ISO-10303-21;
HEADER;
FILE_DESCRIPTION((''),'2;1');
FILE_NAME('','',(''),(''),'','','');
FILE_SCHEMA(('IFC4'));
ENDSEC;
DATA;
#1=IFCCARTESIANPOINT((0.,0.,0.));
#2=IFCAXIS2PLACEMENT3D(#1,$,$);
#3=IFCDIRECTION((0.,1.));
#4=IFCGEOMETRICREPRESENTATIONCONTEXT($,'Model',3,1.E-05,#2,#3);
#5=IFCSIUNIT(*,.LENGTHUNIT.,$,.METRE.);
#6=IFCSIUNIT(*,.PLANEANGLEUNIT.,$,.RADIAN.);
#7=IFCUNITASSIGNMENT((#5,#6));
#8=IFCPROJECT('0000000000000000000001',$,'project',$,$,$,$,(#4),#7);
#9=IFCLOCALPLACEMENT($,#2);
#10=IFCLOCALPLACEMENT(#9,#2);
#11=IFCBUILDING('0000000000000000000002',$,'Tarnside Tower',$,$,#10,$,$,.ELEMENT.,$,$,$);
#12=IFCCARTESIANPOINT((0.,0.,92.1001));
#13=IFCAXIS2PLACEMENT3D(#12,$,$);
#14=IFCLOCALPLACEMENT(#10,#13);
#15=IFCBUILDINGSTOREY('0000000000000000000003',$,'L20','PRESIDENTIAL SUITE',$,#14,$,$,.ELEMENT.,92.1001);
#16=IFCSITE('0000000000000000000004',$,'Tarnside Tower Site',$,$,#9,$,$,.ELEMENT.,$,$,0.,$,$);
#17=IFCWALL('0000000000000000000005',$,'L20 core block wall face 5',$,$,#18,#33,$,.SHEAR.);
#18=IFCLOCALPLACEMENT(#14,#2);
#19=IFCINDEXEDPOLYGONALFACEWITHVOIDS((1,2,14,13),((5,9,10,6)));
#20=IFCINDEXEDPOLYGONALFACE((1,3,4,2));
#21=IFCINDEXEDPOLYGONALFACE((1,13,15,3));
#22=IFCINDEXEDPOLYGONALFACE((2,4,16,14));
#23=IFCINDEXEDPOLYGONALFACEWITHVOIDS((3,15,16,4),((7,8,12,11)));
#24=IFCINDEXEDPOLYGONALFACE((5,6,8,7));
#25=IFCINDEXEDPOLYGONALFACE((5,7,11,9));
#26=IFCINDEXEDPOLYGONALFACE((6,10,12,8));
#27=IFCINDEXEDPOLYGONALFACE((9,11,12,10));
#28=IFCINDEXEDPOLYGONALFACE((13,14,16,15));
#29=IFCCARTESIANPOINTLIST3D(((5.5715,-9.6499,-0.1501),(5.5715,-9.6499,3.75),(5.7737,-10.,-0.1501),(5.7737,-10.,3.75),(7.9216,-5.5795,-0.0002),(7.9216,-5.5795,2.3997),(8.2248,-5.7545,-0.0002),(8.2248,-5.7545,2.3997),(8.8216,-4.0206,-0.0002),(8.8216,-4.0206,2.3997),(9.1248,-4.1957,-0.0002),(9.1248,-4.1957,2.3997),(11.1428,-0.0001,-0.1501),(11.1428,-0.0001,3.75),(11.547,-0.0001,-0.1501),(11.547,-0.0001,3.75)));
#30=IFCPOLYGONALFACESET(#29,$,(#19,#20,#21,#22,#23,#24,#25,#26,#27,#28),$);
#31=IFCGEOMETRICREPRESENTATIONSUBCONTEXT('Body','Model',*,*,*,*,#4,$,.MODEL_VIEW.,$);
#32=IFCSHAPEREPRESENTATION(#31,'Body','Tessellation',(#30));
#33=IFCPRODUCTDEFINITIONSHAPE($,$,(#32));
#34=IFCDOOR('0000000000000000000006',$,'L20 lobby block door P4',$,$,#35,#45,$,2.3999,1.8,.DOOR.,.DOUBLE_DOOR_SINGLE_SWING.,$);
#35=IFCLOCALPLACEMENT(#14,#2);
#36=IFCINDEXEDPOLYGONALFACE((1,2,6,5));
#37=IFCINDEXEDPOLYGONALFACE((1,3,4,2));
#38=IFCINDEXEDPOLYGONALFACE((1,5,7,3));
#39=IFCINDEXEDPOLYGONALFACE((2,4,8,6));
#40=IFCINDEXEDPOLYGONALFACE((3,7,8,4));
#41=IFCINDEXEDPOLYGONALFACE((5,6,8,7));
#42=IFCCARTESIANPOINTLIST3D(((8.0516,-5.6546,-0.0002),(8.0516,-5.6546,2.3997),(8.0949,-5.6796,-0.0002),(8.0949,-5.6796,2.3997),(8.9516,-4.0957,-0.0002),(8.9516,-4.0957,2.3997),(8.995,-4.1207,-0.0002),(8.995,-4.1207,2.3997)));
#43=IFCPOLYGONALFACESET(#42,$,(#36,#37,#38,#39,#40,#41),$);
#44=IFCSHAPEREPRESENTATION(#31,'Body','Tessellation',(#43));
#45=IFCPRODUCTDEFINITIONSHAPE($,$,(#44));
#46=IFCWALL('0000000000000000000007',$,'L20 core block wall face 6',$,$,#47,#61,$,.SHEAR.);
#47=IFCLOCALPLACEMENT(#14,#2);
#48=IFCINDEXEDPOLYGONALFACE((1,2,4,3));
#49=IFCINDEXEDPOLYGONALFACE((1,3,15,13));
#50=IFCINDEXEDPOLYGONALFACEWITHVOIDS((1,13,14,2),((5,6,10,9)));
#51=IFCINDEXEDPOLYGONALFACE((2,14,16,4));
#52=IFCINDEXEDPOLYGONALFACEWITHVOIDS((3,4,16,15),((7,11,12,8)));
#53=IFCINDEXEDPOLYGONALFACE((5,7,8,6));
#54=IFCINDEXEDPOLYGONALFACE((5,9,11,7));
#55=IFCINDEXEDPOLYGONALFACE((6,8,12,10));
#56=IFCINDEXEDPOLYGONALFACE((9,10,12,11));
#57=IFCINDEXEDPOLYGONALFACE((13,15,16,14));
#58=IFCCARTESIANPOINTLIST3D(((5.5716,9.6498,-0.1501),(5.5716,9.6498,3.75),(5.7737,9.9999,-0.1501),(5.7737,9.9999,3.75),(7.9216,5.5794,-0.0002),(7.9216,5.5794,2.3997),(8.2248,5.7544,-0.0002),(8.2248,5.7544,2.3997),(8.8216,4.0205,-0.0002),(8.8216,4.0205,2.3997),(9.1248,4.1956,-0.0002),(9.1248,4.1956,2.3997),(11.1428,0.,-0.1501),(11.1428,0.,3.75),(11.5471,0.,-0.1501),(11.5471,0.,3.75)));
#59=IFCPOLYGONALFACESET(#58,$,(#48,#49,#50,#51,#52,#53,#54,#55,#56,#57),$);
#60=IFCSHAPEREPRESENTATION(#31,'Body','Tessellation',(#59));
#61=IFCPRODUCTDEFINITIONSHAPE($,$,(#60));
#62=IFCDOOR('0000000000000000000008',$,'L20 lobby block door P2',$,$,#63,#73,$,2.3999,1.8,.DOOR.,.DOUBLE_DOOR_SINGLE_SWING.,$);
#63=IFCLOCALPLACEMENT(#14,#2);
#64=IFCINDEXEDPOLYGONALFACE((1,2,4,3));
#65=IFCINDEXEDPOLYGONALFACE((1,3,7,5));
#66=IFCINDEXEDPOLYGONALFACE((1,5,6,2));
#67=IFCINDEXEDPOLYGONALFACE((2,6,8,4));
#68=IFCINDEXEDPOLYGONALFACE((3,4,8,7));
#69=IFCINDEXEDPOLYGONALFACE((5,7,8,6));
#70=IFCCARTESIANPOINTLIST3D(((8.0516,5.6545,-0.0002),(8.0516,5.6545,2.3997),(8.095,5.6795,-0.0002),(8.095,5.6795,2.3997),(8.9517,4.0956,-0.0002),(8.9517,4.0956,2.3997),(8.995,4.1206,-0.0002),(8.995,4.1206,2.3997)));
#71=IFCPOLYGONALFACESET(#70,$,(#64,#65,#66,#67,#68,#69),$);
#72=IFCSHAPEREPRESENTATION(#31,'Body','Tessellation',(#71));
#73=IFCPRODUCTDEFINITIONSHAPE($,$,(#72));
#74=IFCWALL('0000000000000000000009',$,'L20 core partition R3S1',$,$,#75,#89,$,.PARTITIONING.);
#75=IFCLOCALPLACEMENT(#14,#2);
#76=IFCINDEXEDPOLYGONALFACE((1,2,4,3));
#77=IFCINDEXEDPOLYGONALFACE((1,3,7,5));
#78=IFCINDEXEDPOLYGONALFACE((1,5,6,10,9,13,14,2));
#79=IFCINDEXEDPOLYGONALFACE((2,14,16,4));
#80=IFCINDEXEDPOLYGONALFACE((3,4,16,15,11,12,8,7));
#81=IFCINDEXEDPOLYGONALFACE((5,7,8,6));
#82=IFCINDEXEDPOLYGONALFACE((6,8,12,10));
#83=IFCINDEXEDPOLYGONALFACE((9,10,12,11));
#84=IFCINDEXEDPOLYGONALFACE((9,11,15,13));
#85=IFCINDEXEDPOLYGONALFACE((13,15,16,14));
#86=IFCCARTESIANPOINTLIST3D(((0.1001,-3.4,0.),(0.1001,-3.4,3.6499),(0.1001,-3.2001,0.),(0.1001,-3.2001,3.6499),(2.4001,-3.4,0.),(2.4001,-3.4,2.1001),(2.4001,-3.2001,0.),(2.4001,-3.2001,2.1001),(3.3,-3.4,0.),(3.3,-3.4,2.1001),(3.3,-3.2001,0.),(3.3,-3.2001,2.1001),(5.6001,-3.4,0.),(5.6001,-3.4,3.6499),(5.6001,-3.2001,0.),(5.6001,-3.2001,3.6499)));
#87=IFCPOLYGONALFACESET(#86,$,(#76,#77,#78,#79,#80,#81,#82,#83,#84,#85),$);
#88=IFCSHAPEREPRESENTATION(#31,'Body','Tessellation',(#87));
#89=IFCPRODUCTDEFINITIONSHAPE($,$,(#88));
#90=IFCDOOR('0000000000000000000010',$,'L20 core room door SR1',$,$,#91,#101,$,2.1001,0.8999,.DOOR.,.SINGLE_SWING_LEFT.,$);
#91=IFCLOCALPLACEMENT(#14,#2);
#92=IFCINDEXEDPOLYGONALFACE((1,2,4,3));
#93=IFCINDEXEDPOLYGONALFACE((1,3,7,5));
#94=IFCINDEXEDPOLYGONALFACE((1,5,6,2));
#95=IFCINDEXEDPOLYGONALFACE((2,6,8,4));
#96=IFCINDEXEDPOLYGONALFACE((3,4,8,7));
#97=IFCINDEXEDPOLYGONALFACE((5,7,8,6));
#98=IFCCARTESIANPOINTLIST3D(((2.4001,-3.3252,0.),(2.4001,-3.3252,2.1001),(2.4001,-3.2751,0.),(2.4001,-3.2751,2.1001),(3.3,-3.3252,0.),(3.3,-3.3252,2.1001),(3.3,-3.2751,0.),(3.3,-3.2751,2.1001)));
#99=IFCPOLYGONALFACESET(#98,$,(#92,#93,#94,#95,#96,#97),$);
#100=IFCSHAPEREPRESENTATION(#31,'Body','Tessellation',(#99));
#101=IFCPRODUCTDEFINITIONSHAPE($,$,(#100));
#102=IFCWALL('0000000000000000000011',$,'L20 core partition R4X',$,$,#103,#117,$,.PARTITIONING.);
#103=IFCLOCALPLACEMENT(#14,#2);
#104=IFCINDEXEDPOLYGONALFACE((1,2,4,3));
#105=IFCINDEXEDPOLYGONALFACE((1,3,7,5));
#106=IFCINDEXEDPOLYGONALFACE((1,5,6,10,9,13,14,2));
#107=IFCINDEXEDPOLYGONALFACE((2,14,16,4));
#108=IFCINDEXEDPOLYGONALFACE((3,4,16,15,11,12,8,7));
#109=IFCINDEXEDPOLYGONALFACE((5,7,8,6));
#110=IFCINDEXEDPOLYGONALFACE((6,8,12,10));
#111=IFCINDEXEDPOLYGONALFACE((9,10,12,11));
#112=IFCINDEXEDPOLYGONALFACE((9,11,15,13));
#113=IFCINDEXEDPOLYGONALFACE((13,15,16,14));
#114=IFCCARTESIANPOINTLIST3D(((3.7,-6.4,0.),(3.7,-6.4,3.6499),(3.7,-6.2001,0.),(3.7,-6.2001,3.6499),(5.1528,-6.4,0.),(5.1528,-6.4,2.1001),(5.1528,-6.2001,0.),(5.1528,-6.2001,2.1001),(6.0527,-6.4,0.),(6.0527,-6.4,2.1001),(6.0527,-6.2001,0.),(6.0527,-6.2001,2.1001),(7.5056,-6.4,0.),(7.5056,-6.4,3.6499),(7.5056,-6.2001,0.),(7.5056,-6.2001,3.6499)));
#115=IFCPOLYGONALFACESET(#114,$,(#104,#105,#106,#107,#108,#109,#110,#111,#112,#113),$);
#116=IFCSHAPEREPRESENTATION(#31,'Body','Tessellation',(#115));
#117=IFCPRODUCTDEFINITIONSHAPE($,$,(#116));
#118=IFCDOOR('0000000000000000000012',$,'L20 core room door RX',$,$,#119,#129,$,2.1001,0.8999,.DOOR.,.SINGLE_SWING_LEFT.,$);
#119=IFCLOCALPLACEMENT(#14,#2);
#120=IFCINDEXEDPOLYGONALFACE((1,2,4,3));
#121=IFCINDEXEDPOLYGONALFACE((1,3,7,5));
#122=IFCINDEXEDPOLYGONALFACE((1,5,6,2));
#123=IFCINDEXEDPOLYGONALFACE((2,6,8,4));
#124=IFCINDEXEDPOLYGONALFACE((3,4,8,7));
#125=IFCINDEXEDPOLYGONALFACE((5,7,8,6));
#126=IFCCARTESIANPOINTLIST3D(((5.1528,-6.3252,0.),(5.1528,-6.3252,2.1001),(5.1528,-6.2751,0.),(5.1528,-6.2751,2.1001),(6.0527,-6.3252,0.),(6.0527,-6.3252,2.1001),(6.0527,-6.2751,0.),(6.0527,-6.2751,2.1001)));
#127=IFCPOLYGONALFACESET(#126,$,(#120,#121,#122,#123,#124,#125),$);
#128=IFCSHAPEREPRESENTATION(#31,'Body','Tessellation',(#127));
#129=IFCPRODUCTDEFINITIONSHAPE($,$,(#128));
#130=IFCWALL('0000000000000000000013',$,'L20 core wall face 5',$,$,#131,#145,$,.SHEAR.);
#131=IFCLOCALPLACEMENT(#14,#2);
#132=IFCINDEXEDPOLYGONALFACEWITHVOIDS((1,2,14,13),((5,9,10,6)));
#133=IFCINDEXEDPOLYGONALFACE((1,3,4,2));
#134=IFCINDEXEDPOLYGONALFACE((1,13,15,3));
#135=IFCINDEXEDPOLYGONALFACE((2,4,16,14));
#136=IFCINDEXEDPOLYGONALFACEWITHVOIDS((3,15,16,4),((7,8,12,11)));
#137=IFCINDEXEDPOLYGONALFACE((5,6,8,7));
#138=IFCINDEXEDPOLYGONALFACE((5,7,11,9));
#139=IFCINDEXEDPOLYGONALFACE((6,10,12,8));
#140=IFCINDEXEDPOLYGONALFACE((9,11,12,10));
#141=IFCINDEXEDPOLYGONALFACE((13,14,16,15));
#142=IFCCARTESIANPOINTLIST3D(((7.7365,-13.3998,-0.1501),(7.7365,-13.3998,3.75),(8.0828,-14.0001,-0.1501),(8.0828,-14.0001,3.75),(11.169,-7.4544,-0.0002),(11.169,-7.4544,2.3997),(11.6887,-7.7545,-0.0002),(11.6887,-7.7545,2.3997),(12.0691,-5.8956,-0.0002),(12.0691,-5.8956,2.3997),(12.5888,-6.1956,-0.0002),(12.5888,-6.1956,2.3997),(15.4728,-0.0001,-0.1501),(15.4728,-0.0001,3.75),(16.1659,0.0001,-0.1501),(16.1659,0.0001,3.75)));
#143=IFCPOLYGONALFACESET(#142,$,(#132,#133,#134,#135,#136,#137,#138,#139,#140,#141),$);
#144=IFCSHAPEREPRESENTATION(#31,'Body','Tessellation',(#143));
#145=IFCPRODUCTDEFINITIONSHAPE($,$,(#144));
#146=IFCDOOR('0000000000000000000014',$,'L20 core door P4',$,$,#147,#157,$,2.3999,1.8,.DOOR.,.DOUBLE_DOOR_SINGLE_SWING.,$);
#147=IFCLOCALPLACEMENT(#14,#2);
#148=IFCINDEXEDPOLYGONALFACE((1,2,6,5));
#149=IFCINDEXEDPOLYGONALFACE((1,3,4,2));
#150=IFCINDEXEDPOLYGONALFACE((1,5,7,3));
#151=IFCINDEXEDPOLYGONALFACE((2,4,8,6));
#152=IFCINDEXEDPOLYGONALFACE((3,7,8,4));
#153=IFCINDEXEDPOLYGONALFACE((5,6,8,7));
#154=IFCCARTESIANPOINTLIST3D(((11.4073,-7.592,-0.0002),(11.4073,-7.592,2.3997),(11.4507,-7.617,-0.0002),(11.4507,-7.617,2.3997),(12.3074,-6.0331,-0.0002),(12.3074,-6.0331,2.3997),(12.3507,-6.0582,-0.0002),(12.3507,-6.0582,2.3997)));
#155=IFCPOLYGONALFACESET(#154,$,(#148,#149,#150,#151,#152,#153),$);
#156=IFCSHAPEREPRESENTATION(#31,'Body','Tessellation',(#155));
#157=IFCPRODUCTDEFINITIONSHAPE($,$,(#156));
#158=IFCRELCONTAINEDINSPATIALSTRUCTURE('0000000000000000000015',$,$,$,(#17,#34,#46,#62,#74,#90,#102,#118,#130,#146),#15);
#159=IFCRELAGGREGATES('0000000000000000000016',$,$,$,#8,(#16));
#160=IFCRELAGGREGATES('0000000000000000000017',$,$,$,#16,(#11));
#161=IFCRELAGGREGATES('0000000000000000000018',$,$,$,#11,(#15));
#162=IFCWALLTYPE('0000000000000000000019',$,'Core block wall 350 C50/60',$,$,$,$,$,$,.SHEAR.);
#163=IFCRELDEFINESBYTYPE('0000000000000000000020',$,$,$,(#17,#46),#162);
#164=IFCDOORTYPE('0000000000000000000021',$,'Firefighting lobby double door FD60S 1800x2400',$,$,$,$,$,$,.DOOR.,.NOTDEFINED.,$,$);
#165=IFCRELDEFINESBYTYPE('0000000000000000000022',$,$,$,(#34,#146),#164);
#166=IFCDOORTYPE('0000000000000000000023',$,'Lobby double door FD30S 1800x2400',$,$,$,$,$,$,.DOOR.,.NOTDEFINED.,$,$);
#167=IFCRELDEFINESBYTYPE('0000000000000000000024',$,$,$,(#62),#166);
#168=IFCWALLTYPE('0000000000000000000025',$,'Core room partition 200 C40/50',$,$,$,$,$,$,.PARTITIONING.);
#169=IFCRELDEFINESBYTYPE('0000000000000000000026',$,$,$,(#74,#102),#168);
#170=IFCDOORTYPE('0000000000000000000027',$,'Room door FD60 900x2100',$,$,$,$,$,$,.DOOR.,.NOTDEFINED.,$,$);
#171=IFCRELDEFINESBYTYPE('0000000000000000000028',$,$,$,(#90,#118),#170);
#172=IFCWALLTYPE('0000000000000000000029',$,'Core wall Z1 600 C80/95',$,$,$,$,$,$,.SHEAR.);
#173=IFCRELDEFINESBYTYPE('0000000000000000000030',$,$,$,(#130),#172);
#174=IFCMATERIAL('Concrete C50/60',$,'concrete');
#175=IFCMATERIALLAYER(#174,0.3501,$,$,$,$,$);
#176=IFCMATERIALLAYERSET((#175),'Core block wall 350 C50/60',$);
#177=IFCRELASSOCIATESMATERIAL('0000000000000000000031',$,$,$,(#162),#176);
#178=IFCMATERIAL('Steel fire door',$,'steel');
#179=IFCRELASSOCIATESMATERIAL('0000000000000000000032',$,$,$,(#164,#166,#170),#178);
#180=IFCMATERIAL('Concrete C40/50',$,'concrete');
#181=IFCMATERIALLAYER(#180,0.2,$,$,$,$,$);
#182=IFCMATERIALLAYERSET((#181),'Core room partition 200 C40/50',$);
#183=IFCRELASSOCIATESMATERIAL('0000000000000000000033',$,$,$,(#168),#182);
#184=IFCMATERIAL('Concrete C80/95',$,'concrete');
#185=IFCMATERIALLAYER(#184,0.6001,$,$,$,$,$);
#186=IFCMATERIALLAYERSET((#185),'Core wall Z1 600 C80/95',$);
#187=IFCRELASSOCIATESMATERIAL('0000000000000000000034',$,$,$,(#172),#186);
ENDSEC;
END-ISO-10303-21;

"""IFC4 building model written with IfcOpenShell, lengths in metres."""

from ifc_helpers import new_model, si_unit, direction, frame, frame_2d, origin, place, context, subcontext, project, spatial, polyline, rectangle, outline, extrude, material, layer, layer_set, type_object, element, fill, save


model = new_model("IFC4")

# Units and contexts
model_context = context("Model", 3, precision=1e-05, world=origin(), true_north=direction((0.0, 1.0)))
body_context = subcontext(model_context, "Body", "Model", "MODEL_VIEW")
ifc_project = project(units=[si_unit("LENGTHUNIT", "METRE"), si_unit("PLANEANGLEUNIT", "RADIAN")], contexts=[model_context])

# Site, building, storey
site_placement = place(None, origin())
site = spatial("IfcSite", under=ifc_project, at=site_placement, Name="Tarnside Tower Site", CompositionType="ELEMENT", RefElevation=0.0)
building_placement = place(site_placement, origin())
building = spatial("IfcBuilding", under=site, at=building_placement, Name="Tarnside Tower", CompositionType="ELEMENT")
storey_placement = place(building_placement, frame((0.0, 0.0, 92.1001)))
storey = spatial("IfcBuildingStorey", under=building, at=storey_placement, Name="L20", Description="PRESIDENTIAL SUITE", CompositionType="ELEMENT", Elevation=92.1001)

# Shared definitions
ifc_material_1 = material(Name="Concrete C40/50", Category="concrete")

# Walls, openings, doors
ifc_material_2 = material(Name="Concrete C50/60", Category="concrete")
ifc_layer_1 = layer(ifc_material_2, 0.3501)
ifc_layer_set_1 = layer_set([ifc_layer_1], Name="Core block wall 350 C50/60")
wall_type_1 = type_object("IfcWallType", Name="Core block wall 350 C50/60", PredefinedType="SHEAR", material=ifc_layer_set_1)
wall_1_placement = place(storey_placement, frame((5.6726, -9.825, -0.1501), z_axis=(0.0, 0.0, 1.0), x_axis=(0.499995, 0.866028, 0.0)))
wall_1 = element("IfcWall", 1, at=wall_1_placement, inside=storey, type_object=wall_type_1, Name="L20 core block wall face 5", PredefinedType="SHEAR", context=body_context, shape_type="SweptSolid", body=[
    extrude(outline(polyline([(-0.1011, -0.175), (11.4458, -0.175), (11.2437, 0.175), (0.1011, 0.175), (-0.1011, -0.175)])), origin(), (0.0, 0.0, 1.0), 3.9001),
])
opening_1_placement = place(wall_1_placement, frame((4.8013, 0.0, 0.1499)))
opening_1 = element("IfcOpeningElement", 2, at=opening_1_placement, cuts=wall_1, PredefinedType="OPENING", context=body_context, shape_type="SweptSolid", body=[
    extrude(rectangle(XDim=1.8, YDim=2.3999, at=frame_2d((0.8999, 1.2))), frame((0.0, 0.1851, 0.0), z_axis=(0.0, -1.0, 0.0), x_axis=(1.0, 0.0, 0.0)), (0.0, 0.0, 1.0), 0.3701),
])
ifc_material_3 = material(Name="Steel fire door", Category="steel")
door_type_1 = type_object("IfcDoorType", Name="Firefighting lobby double door FD60S 1800x2400", OperationType="NOTDEFINED", PredefinedType="DOOR", material=ifc_material_3)
door_1_placement = place(opening_1_placement, origin())
door_1 = element("IfcDoor", 3, at=door_1_placement, inside=storey, type_object=door_type_1, Name="L20 lobby block door P4", OperationType="DOUBLE_DOOR_SINGLE_SWING", OverallHeight=2.3999, OverallWidth=1.8, PredefinedType="DOOR", context=body_context, shape_type="SweptSolid", body=[
    extrude(rectangle(XDim=1.8, YDim=2.3999, at=frame_2d((0.8999, 1.2))), frame((0.0, 0.0249, 0.0), z_axis=(0.0, -1.0, 0.0), x_axis=(1.0, 0.0, 0.0)), (0.0, 0.0, 1.0), 0.05),
])
fill(opening_1, door_1)
wall_2_placement = place(storey_placement, frame((11.345, 0.0, -0.1501), z_axis=(0.0, 0.0, 1.0), x_axis=(-0.499995, 0.866028, 0.0)))
wall_2 = element("IfcWall", 4, at=wall_2_placement, inside=storey, type_object=wall_type_1, Name="L20 core block wall face 6", PredefinedType="SHEAR", context=body_context, shape_type="SweptSolid", body=[
    extrude(outline(polyline([(-0.1011, -0.175), (11.4458, -0.175), (11.2437, 0.175), (0.1011, 0.175), (-0.1011, -0.175)])), origin(), (0.0, 0.0, 1.0), 3.9001),
])
opening_2_placement = place(wall_2_placement, frame((4.7437, 0.0, 0.1499)))
opening_2 = element("IfcOpeningElement", 5, at=opening_2_placement, cuts=wall_2, PredefinedType="OPENING", context=body_context, shape_type="SweptSolid", body=[
    extrude(rectangle(XDim=1.8, YDim=2.3999, at=frame_2d((0.8999, 1.2))), frame((0.0, 0.1851, 0.0), z_axis=(0.0, -1.0, 0.0), x_axis=(1.0, 0.0, 0.0)), (0.0, 0.0, 1.0), 0.3701),
])
door_type_2 = type_object("IfcDoorType", Name="Lobby double door FD30S 1800x2400", OperationType="NOTDEFINED", PredefinedType="DOOR", material=ifc_material_3)
door_2_placement = place(opening_2_placement, origin())
door_2 = element("IfcDoor", 6, at=door_2_placement, inside=storey, type_object=door_type_2, Name="L20 lobby block door P2", OperationType="DOUBLE_DOOR_SINGLE_SWING", OverallHeight=2.3999, OverallWidth=1.8, PredefinedType="DOOR", context=body_context, shape_type="SweptSolid", body=[
    extrude(rectangle(XDim=1.8, YDim=2.3999, at=frame_2d((0.8999, 1.2))), frame((0.0, 0.0249, 0.0), z_axis=(0.0, -1.0, 0.0), x_axis=(1.0, 0.0, 0.0)), (0.0, 0.0, 1.0), 0.05),
])
fill(opening_2, door_2)
ifc_layer_2 = layer(ifc_material_1, 0.2)
ifc_layer_set_2 = layer_set([ifc_layer_2], Name="Core room partition 200 C40/50")
wall_type_2 = type_object("IfcWallType", Name="Core room partition 200 C40/50", PredefinedType="PARTITIONING", material=ifc_layer_set_2)
wall_3_placement = place(storey_placement, frame((0.1001, -3.3, 0.0), z_axis=(0.0, 0.0, 1.0), x_axis=(1.0, 0.0, 0.0)))
wall_3 = element("IfcWall", 7, at=wall_3_placement, inside=storey, type_object=wall_type_2, Name="L20 core partition R3S1", PredefinedType="PARTITIONING", context=body_context, shape_type="SweptSolid", body=[
    extrude(rectangle(XDim=5.5, YDim=0.2, at=frame_2d((2.75, 0.0))), origin(), (0.0, 0.0, 1.0), 3.6499),
])
opening_3_placement = place(wall_3_placement, frame((2.3, 0.0, 0.0)))
opening_3 = element("IfcOpeningElement", 8, at=opening_3_placement, cuts=wall_3, PredefinedType="OPENING", context=body_context, shape_type="SweptSolid", body=[
    extrude(rectangle(XDim=0.8999, YDim=2.1001, at=frame_2d((0.45, 1.05))), frame((0.0, 0.1099, 0.0), z_axis=(0.0, -1.0, 0.0), x_axis=(1.0, 0.0, 0.0)), (0.0, 0.0, 1.0), 0.22),
])
door_type_3 = type_object("IfcDoorType", Name="Room door FD60 900x2100", OperationType="NOTDEFINED", PredefinedType="DOOR", material=ifc_material_3)
door_3_placement = place(opening_3_placement, origin())
door_3 = element("IfcDoor", 9, at=door_3_placement, inside=storey, type_object=door_type_3, Name="L20 core room door SR1", OperationType="SINGLE_SWING_LEFT", OverallHeight=2.1001, OverallWidth=0.8999, PredefinedType="DOOR", context=body_context, shape_type="SweptSolid", body=[
    extrude(rectangle(XDim=0.8999, YDim=2.1001, at=frame_2d((0.45, 1.05))), frame((0.0, 0.0249, 0.0), z_axis=(0.0, -1.0, 0.0), x_axis=(1.0, 0.0, 0.0)), (0.0, 0.0, 1.0), 0.05),
])
fill(opening_3, door_3)
wall_4_placement = place(storey_placement, frame((3.7, -6.3, 0.0), z_axis=(0.0, 0.0, 1.0), x_axis=(1.0, 0.0, 0.0)))
wall_4 = element("IfcWall", 10, at=wall_4_placement, inside=storey, type_object=wall_type_2, Name="L20 core partition R4X", PredefinedType="PARTITIONING", context=body_context, shape_type="SweptSolid", body=[
    extrude(rectangle(XDim=3.8057, YDim=0.2, at=frame_2d((1.9028, 0.0))), origin(), (0.0, 0.0, 1.0), 3.6499),
])
opening_4_placement = place(wall_4_placement, frame((1.4529, 0.0, 0.0)))
opening_4 = element("IfcOpeningElement", 11, at=opening_4_placement, cuts=wall_4, PredefinedType="OPENING", context=body_context, shape_type="SweptSolid", body=[
    extrude(rectangle(XDim=0.8999, YDim=2.1001, at=frame_2d((0.45, 1.05))), frame((0.0, 0.1099, 0.0), z_axis=(0.0, -1.0, 0.0), x_axis=(1.0, 0.0, 0.0)), (0.0, 0.0, 1.0), 0.22),
])
door_4_placement = place(opening_4_placement, origin())
door_4 = element("IfcDoor", 12, at=door_4_placement, inside=storey, type_object=door_type_3, Name="L20 core room door RX", OperationType="SINGLE_SWING_LEFT", OverallHeight=2.1001, OverallWidth=0.8999, PredefinedType="DOOR", context=body_context, shape_type="SweptSolid", body=[
    extrude(rectangle(XDim=0.8999, YDim=2.1001, at=frame_2d((0.45, 1.05))), frame((0.0, 0.0249, 0.0), z_axis=(0.0, -1.0, 0.0), x_axis=(1.0, 0.0, 0.0)), (0.0, 0.0, 1.0), 0.05),
])
fill(opening_4, door_4)
ifc_material_4 = material(Name="Concrete C80/95", Category="concrete")
ifc_layer_3 = layer(ifc_material_4, 0.6001)
ifc_layer_set_3 = layer_set([ifc_layer_3], Name="Core wall Z1 600 C80/95")
wall_type_3 = type_object("IfcWallType", Name="Core wall Z1 600 C80/95", PredefinedType="SHEAR", material=ifc_layer_set_3)
wall_5_placement = place(storey_placement, frame((7.9097, -13.7, -0.1501), z_axis=(0.0, 0.0, 1.0), x_axis=(0.5, 0.866025, 0.0)))
wall_5 = element("IfcWall", 13, at=wall_5_placement, inside=storey, type_object=wall_type_3, Name="L20 core wall face 5", PredefinedType="SHEAR", context=body_context, shape_type="SweptSolid", body=[
    extrude(outline(polyline([(-0.1733, -0.3), (15.9927, -0.3), (15.646, 0.3), (0.1733, 0.3), (-0.1733, -0.3)])), origin(), (0.0, 0.0, 1.0), 3.9001),
])
opening_5_placement = place(wall_5_placement, frame((7.0386, 0.0, 0.1499)))
opening_5 = element("IfcOpeningElement", 14, at=opening_5_placement, cuts=wall_5, PredefinedType="OPENING", context=body_context, shape_type="SweptSolid", body=[
    extrude(rectangle(XDim=1.8, YDim=2.3999, at=frame_2d((0.8999, 1.2))), frame((0.0, 0.3101, 0.0), z_axis=(0.0, -1.0, 0.0), x_axis=(1.0, 0.0, 0.0)), (0.0, 0.0, 1.0), 0.6201),
])
door_5_placement = place(opening_5_placement, origin())
door_5 = element("IfcDoor", 15, at=door_5_placement, inside=storey, type_object=door_type_1, Name="L20 core door P4", OperationType="DOUBLE_DOOR_SINGLE_SWING", OverallHeight=2.3999, OverallWidth=1.8, PredefinedType="DOOR", context=body_context, shape_type="SweptSolid", body=[
    extrude(rectangle(XDim=1.8, YDim=2.3999, at=frame_2d((0.8999, 1.2))), frame((0.0, 0.0249, 0.0), z_axis=(0.0, -1.0, 0.0), x_axis=(1.0, 0.0, 0.0)), (0.0, 0.0, 1.0), 0.05),
])
fill(opening_5, door_5)

save(model, "model.ifc")
